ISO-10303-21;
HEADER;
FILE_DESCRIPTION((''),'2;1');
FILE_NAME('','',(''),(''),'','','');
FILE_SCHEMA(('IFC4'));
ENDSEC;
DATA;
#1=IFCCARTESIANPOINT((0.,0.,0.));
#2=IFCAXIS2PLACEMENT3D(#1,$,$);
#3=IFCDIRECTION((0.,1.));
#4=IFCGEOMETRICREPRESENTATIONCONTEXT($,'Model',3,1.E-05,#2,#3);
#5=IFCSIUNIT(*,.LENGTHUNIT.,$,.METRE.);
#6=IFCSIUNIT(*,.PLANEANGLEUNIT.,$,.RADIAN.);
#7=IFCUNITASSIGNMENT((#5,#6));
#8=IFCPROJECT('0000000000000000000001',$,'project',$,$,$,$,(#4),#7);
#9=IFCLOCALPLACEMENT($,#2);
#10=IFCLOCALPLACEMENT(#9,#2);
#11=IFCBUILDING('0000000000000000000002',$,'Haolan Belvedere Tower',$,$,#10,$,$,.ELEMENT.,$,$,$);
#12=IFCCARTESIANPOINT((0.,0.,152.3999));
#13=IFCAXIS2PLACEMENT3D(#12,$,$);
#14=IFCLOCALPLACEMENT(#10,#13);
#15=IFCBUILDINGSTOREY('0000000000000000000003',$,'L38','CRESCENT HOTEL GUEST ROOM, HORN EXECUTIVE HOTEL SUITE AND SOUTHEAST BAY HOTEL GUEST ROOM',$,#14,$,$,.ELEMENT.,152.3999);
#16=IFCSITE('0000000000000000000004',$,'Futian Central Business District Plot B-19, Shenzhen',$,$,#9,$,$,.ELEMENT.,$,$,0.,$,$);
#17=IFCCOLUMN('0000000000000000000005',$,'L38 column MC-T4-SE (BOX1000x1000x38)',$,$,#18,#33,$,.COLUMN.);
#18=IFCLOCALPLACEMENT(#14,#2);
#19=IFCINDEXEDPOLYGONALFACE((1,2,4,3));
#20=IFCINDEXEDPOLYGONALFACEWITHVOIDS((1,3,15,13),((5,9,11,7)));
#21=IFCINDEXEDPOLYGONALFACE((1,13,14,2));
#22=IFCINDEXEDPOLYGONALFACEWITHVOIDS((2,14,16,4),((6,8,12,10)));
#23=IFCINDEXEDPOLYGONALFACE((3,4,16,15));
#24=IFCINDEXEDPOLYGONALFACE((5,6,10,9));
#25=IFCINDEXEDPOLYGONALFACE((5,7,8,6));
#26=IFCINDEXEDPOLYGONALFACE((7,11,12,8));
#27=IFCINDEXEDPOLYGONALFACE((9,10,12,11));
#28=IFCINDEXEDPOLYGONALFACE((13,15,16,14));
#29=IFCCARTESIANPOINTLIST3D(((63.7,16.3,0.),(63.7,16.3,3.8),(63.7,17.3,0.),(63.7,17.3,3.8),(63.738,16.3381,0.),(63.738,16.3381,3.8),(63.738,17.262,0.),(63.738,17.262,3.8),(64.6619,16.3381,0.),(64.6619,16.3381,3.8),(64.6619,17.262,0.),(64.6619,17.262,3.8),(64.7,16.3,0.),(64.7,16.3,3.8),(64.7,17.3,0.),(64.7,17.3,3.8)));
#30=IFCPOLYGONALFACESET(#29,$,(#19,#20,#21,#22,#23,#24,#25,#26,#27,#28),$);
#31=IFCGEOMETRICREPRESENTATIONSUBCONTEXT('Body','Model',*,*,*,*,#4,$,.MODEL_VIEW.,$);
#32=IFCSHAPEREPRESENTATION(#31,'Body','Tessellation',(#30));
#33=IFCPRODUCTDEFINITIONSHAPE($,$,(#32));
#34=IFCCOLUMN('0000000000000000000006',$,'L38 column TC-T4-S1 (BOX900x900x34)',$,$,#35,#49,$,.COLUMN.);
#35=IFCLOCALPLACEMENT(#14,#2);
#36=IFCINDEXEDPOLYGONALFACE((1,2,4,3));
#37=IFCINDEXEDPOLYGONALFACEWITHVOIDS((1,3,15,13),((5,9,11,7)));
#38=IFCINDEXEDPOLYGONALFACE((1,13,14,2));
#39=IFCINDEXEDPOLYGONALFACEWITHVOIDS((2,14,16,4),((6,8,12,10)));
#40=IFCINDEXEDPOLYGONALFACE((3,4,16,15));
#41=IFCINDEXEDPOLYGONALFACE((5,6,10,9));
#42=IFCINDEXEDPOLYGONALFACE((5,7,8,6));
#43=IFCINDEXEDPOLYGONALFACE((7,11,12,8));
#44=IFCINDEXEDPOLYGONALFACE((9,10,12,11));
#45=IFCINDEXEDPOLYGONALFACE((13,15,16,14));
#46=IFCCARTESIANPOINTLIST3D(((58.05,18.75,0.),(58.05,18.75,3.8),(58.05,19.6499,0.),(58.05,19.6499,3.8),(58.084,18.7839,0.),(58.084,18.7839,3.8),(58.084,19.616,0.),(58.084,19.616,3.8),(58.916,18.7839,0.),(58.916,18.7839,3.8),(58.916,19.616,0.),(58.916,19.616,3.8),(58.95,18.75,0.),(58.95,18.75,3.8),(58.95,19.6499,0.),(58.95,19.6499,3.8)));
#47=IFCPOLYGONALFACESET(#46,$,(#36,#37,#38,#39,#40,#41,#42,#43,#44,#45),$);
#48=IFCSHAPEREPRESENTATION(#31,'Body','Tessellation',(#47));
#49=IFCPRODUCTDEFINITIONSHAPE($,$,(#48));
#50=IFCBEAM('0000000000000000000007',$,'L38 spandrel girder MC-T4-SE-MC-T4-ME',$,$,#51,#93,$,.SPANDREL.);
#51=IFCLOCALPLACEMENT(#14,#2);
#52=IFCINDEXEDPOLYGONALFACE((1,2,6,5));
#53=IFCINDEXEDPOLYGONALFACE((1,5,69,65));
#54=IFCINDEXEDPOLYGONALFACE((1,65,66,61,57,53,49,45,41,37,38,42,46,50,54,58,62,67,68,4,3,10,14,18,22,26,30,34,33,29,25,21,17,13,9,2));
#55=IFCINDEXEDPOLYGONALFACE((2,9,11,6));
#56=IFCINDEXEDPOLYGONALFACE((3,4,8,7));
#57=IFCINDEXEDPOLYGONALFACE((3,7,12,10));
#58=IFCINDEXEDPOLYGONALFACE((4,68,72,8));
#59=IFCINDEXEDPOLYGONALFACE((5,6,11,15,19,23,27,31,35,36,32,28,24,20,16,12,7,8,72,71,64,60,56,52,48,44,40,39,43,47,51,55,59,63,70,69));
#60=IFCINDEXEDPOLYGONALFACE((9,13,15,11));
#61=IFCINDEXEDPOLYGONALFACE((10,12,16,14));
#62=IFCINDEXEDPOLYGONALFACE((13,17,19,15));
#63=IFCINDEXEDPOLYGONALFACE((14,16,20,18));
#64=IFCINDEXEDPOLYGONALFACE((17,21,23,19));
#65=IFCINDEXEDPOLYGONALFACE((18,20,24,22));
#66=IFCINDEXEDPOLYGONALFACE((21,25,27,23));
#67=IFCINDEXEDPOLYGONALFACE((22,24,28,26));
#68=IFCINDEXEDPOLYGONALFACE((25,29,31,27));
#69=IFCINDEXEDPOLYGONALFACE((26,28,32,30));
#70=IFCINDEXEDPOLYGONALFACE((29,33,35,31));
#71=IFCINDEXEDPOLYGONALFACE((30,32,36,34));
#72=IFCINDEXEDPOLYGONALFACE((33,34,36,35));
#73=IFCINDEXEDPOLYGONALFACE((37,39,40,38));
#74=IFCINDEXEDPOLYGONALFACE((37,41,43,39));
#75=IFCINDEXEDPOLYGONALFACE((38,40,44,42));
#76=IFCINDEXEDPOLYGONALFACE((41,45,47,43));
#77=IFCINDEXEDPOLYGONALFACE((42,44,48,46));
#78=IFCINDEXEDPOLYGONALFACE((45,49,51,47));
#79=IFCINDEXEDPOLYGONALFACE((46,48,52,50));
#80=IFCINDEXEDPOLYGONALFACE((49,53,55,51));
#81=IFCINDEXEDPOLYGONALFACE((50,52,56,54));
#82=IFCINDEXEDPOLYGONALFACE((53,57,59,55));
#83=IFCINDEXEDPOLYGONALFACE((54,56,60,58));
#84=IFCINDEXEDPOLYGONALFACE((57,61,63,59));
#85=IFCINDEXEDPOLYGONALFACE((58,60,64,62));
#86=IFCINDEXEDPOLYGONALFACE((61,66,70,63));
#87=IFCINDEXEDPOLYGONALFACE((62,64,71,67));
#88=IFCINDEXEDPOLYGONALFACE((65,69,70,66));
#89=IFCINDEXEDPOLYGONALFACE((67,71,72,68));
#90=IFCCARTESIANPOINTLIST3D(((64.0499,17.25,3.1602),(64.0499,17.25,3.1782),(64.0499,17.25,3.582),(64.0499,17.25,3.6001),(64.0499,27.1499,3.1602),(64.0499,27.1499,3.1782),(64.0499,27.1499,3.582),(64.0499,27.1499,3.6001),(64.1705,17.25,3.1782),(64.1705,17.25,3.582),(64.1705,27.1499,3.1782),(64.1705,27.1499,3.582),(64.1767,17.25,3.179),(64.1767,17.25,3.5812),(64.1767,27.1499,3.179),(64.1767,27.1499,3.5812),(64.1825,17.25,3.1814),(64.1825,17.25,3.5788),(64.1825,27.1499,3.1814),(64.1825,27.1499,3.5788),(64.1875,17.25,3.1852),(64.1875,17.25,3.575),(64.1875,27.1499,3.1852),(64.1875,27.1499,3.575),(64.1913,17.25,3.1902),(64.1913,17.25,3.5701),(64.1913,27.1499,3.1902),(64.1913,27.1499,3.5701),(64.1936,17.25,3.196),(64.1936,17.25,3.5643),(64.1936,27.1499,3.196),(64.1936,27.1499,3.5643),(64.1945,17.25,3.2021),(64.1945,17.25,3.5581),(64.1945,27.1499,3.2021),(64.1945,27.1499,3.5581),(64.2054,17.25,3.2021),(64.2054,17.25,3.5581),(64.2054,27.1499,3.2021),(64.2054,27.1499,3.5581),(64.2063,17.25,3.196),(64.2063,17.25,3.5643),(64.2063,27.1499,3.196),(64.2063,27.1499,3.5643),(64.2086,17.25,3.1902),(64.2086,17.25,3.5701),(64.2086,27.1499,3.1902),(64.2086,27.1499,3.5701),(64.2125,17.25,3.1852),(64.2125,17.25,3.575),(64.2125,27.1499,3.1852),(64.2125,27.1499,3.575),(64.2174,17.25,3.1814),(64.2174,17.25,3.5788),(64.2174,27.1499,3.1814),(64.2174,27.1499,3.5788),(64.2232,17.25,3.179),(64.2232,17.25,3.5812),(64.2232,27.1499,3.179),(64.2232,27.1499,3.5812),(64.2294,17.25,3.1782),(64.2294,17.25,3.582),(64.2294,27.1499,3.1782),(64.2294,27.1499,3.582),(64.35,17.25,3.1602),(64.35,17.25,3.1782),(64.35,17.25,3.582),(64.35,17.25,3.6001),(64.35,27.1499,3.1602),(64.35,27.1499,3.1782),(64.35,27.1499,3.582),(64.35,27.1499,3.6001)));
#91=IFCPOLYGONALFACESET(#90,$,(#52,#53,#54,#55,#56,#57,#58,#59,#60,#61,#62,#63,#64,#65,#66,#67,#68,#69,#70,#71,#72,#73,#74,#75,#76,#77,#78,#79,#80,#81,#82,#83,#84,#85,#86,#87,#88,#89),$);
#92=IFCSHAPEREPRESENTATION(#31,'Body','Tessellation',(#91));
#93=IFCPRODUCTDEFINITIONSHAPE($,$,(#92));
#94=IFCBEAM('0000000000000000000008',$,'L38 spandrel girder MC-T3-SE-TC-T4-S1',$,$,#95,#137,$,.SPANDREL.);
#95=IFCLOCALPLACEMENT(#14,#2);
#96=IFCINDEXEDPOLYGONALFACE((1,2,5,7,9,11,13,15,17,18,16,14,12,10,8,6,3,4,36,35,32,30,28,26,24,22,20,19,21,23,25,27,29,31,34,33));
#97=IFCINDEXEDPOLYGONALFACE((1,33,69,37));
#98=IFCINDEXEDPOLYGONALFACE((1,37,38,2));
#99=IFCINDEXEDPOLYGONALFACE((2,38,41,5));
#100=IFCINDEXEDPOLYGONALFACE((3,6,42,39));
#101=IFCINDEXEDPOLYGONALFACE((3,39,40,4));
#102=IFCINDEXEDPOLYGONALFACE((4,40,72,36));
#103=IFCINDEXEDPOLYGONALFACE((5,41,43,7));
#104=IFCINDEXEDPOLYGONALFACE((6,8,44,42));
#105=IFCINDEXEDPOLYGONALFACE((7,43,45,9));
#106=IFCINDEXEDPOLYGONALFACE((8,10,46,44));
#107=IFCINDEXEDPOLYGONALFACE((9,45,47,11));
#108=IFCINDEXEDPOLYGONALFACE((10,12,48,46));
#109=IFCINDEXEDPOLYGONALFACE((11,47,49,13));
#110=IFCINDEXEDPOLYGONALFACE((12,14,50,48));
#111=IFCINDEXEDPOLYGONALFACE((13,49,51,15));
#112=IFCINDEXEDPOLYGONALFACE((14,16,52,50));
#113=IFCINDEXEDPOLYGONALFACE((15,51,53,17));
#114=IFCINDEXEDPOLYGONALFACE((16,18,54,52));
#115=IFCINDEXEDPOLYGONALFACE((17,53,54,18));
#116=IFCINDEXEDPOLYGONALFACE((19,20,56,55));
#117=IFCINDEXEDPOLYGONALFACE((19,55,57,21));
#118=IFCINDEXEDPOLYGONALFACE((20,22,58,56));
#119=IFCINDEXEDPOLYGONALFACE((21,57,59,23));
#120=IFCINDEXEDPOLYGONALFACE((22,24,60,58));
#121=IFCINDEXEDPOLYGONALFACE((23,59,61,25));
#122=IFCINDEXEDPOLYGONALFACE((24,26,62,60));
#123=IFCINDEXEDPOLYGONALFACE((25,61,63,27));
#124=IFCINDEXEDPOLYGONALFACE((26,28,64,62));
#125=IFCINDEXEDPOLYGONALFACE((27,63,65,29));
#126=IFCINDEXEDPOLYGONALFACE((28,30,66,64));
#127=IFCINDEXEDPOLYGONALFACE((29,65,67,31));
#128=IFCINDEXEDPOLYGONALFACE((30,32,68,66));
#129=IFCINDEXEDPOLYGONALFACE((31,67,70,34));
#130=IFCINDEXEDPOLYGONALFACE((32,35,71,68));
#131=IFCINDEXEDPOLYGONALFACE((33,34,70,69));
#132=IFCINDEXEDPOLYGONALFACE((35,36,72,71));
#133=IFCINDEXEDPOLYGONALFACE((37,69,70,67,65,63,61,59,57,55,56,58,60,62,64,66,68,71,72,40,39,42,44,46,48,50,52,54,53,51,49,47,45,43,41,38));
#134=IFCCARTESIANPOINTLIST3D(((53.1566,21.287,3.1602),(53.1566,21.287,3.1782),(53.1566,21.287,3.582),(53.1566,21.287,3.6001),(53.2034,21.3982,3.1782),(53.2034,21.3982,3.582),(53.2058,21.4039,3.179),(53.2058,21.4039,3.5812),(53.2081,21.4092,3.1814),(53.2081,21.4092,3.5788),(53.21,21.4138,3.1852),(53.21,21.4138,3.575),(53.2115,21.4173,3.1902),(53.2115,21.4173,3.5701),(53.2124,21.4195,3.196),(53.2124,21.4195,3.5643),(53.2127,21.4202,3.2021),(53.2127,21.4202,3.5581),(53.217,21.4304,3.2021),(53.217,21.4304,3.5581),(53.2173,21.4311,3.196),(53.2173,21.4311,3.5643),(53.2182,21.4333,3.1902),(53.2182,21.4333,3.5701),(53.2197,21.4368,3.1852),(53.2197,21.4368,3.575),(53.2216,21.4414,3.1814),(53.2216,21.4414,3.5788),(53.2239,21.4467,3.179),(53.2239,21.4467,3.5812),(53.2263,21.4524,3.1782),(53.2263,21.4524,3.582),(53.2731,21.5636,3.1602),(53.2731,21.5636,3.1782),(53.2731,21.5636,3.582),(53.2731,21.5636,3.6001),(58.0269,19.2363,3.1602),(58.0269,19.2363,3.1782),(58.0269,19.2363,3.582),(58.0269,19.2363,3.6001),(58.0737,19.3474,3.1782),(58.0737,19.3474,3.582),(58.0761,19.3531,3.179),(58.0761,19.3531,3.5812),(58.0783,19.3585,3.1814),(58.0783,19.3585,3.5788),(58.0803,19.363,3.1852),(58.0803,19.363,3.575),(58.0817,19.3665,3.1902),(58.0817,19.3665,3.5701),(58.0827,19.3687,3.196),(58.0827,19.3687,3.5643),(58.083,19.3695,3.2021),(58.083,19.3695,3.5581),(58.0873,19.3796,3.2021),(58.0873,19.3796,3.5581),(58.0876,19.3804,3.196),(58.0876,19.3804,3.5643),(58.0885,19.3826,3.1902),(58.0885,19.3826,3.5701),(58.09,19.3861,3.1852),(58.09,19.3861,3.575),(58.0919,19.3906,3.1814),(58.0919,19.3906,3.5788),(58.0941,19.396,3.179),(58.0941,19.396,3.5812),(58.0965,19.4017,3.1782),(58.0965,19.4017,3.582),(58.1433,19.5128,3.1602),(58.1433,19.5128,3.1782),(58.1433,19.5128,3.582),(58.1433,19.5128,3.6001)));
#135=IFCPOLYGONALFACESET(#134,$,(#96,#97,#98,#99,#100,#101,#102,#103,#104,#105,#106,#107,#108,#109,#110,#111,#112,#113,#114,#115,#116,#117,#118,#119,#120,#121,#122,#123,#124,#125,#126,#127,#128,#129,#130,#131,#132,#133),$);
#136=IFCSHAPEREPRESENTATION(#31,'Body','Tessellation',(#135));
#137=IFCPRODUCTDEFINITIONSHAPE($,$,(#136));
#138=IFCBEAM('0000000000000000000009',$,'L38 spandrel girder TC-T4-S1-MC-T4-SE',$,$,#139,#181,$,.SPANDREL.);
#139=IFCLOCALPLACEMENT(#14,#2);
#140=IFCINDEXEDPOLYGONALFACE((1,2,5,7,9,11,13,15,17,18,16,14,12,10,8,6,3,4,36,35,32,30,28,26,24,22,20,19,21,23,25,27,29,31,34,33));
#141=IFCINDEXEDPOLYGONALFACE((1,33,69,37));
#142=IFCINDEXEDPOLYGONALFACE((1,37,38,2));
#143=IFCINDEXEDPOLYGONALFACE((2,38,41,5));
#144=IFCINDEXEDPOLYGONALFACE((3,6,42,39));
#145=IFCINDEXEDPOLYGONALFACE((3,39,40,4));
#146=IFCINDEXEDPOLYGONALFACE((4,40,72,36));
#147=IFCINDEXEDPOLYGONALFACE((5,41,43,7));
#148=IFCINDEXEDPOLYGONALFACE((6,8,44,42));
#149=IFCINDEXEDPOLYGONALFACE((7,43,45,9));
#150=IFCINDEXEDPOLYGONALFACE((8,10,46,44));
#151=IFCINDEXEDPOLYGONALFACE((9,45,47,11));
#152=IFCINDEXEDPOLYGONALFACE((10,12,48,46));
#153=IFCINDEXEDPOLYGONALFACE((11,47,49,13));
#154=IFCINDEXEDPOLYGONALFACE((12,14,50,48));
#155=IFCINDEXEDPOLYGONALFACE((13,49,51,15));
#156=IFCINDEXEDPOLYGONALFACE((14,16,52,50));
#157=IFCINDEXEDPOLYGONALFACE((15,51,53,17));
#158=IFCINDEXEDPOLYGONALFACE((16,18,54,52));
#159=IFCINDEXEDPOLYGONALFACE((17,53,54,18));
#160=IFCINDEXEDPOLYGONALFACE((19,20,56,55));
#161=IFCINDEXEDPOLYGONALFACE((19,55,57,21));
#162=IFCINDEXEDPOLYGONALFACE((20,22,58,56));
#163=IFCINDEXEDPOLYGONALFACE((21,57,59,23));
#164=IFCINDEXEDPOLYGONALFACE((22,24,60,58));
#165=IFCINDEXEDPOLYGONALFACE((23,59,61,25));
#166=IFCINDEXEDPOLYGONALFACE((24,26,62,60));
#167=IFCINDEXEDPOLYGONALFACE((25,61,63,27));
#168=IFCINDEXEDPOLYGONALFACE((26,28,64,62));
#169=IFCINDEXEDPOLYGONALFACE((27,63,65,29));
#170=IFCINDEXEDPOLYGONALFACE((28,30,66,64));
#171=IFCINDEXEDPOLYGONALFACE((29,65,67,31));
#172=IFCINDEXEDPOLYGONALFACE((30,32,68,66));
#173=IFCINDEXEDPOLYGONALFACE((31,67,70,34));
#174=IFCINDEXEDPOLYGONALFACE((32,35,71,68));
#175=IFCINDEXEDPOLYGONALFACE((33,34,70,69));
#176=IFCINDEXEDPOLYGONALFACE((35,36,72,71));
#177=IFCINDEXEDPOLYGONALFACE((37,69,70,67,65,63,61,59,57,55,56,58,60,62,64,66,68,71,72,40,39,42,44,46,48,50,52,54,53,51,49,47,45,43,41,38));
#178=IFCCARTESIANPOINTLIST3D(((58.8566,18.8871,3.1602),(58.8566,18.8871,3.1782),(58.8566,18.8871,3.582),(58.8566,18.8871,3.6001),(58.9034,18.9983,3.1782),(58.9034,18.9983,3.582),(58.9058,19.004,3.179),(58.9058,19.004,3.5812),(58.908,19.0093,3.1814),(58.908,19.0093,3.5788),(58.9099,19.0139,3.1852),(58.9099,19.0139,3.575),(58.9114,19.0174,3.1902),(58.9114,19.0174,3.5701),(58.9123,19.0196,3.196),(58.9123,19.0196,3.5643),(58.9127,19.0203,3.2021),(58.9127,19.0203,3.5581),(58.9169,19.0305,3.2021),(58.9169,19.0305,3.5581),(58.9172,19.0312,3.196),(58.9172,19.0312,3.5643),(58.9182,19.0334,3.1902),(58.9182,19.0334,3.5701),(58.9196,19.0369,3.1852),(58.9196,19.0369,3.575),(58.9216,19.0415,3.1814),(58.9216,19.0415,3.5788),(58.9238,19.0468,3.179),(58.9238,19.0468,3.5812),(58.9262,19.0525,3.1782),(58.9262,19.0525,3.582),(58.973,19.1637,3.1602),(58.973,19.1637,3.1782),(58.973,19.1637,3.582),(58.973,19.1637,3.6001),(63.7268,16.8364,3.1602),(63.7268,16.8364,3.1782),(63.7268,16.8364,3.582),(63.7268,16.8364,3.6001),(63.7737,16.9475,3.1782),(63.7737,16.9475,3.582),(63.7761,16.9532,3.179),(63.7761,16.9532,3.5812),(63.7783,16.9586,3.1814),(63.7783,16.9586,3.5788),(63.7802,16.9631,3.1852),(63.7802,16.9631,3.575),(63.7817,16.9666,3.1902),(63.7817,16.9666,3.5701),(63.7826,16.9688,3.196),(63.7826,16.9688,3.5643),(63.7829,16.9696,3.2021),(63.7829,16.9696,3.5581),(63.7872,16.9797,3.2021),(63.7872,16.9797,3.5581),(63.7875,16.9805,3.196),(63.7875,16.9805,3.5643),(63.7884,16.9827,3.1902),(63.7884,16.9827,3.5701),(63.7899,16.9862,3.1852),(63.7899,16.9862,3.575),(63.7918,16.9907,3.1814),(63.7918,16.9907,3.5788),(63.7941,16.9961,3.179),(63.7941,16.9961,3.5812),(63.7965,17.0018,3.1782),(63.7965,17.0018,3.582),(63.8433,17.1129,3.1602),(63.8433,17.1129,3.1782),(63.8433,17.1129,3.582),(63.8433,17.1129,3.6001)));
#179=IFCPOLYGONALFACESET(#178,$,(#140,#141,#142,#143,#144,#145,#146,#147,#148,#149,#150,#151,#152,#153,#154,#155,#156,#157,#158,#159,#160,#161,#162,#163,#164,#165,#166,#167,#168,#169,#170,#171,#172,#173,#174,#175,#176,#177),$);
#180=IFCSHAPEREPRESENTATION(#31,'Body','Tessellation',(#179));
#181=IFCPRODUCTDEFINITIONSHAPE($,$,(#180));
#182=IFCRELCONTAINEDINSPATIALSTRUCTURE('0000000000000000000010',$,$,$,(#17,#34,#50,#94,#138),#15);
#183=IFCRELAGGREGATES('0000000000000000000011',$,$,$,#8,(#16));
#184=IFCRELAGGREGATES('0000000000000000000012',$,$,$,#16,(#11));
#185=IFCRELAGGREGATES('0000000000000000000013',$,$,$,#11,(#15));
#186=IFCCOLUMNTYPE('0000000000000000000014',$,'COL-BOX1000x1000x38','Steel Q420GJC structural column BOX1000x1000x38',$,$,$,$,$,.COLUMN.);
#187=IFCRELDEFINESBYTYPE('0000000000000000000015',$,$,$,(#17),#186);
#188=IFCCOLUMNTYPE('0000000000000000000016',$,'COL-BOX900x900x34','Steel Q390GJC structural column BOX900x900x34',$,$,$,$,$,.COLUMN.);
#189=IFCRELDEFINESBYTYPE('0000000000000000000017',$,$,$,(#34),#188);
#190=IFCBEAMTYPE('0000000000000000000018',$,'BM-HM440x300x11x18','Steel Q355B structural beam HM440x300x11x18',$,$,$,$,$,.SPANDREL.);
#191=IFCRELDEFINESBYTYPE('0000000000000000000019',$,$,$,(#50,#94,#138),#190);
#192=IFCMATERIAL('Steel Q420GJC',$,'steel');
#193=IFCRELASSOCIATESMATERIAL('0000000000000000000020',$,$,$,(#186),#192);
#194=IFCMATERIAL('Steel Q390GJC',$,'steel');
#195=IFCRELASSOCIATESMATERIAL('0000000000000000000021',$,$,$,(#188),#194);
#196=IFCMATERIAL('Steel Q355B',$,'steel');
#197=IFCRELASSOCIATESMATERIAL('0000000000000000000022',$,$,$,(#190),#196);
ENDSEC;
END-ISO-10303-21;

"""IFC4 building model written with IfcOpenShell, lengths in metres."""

from ifc_helpers import new_model, si_unit, direction, frame, origin, origin_2d, place, context, subcontext, project, spatial, hollow_rectangle, i_section, extrude, material, material_profile, profile_set, type_object, element, save


model = new_model("IFC4")

# Units and contexts
model_context = context("Model", 3, precision=1e-05, world=origin(), true_north=direction((0.0, 1.0)))
body_context = subcontext(model_context, "Body", "Model", "MODEL_VIEW")
ifc_project = project(units=[si_unit("LENGTHUNIT", "METRE"), si_unit("PLANEANGLEUNIT", "RADIAN")], contexts=[model_context])

# Site, building, storey
site_placement = place(None, origin())
site = spatial("IfcSite", under=ifc_project, at=site_placement, Name="Futian Central Business District Plot B-19, Shenzhen", CompositionType="ELEMENT", RefElevation=0.0)
building_placement = place(site_placement, origin())
building = spatial("IfcBuilding", under=site, at=building_placement, Name="Haolan Belvedere Tower", CompositionType="ELEMENT")
storey_placement = place(building_placement, frame((0.0, 0.0, 152.3999)))
storey = spatial("IfcBuildingStorey", under=building, at=storey_placement, Name="L38", Description="CRESCENT HOTEL GUEST ROOM, HORN EXECUTIVE HOTEL SUITE AND SOUTHEAST BAY HOTEL GUEST ROOM", CompositionType="ELEMENT", Elevation=152.3999)

# Columns
ifc_material_1 = material(Name="Steel Q420GJC", Category="steel")
ifc_material_profile_1 = material_profile(ifc_material_1, hollow_rectangle(XDim=1.0, YDim=1.0, WallThickness=0.0381, at=origin_2d()), Name="Steel Q420GJC")
ifc_profile_set_1 = profile_set([ifc_material_profile_1], Name="Steel Q420GJC")
column_type_1 = type_object("IfcColumnType", Name="COL-BOX1000x1000x38", Description="Steel Q420GJC structural column BOX1000x1000x38", PredefinedType="COLUMN", material=ifc_profile_set_1)
column_1_placement = place(storey_placement, frame((64.2, 16.8, 0.0), z_axis=(0.0, 0.0, 1.0), x_axis=(1.0, 0.0, 0.0)))
element("IfcColumn", 1, at=column_1_placement, inside=storey, type_object=column_type_1, Name="L38 column MC-T4-SE (BOX1000x1000x38)", PredefinedType="COLUMN", context=body_context, shape_type="SweptSolid", body=[
    extrude(hollow_rectangle(XDim=1.0, YDim=1.0, WallThickness=0.0381, at=origin_2d()), origin(), (0.0, 0.0, 1.0), 3.8),
])
ifc_material_2 = material(Name="Steel Q390GJC", Category="steel")
ifc_material_profile_2 = material_profile(ifc_material_2, hollow_rectangle(XDim=0.8999, YDim=0.8999, WallThickness=0.0339, at=origin_2d()), Name="Steel Q390GJC")
ifc_profile_set_2 = profile_set([ifc_material_profile_2], Name="Steel Q390GJC")
column_type_2 = type_object("IfcColumnType", Name="COL-BOX900x900x34", Description="Steel Q390GJC structural column BOX900x900x34", PredefinedType="COLUMN", material=ifc_profile_set_2)
column_2_placement = place(storey_placement, frame((58.5, 19.2, 0.0), z_axis=(0.0, 0.0, 1.0), x_axis=(1.0, 0.0, 0.0)))
element("IfcColumn", 2, at=column_2_placement, inside=storey, type_object=column_type_2, Name="L38 column TC-T4-S1 (BOX900x900x34)", PredefinedType="COLUMN", context=body_context, shape_type="SweptSolid", body=[
    extrude(hollow_rectangle(XDim=0.8999, YDim=0.8999, WallThickness=0.0339, at=origin_2d()), origin(), (0.0, 0.0, 1.0), 3.8),
])

# Beams
ifc_material_3 = material(Name="Steel Q355B", Category="steel")
ifc_material_profile_3 = material_profile(ifc_material_3, i_section(OverallWidth=0.3, OverallDepth=0.4399, WebThickness=0.011, FlangeThickness=0.0181, FilletRadius=0.0239, at=origin_2d()), Name="Steel Q355B")
ifc_profile_set_3 = profile_set([ifc_material_profile_3], Name="Steel Q355B")
beam_type_1 = type_object("IfcBeamType", Name="BM-HM440x300x11x18", Description="Steel Q355B structural beam HM440x300x11x18", PredefinedType="SPANDREL", material=ifc_profile_set_3)
beam_1_placement = place(storey_placement, frame((64.2, 17.25, 3.3801), z_axis=(0.0, 1.0, 0.0), x_axis=(-1.0, 0.0, 0.0)))
element("IfcBeam", 3, at=beam_1_placement, inside=storey, type_object=beam_type_1, Name="L38 spandrel girder MC-T4-SE-MC-T4-ME", PredefinedType="SPANDREL", context=body_context, shape_type="SweptSolid", body=[
    extrude(i_section(OverallWidth=0.3, OverallDepth=0.4399, WebThickness=0.011, FlangeThickness=0.0181, FilletRadius=0.0239, at=origin_2d()), origin(), (0.0, 0.0, 1.0), 9.8999),
])
for number, where, z_axis, x_axis, name in (
    (4, (53.2148, 21.4253, 3.3801), (0.921628, -0.388074, 0.0), (0.388074, 0.921628, 0.0), "L38 spandrel girder MC-T3-SE-TC-T4-S1"),
    (5, (58.9148, 19.0254, 3.3801), (0.921628, -0.388074, 0.0), (0.388074, 0.921628, 0.0), "L38 spandrel girder TC-T4-S1-MC-T4-SE"),
):
    element("IfcBeam", number, at=place(storey_placement, frame(where, z_axis=z_axis, x_axis=x_axis)), inside=storey, type_object=beam_type_1, Name=name, PredefinedType="SPANDREL", context=body_context, shape_type="SweptSolid", body=[
        extrude(i_section(OverallWidth=0.3, OverallDepth=0.4399, WebThickness=0.011, FlangeThickness=0.0181, FilletRadius=0.0239, at=origin_2d()), origin(), (0.0, 0.0, 1.0), 5.2844),
    ])

save(model, "model.ifc")
